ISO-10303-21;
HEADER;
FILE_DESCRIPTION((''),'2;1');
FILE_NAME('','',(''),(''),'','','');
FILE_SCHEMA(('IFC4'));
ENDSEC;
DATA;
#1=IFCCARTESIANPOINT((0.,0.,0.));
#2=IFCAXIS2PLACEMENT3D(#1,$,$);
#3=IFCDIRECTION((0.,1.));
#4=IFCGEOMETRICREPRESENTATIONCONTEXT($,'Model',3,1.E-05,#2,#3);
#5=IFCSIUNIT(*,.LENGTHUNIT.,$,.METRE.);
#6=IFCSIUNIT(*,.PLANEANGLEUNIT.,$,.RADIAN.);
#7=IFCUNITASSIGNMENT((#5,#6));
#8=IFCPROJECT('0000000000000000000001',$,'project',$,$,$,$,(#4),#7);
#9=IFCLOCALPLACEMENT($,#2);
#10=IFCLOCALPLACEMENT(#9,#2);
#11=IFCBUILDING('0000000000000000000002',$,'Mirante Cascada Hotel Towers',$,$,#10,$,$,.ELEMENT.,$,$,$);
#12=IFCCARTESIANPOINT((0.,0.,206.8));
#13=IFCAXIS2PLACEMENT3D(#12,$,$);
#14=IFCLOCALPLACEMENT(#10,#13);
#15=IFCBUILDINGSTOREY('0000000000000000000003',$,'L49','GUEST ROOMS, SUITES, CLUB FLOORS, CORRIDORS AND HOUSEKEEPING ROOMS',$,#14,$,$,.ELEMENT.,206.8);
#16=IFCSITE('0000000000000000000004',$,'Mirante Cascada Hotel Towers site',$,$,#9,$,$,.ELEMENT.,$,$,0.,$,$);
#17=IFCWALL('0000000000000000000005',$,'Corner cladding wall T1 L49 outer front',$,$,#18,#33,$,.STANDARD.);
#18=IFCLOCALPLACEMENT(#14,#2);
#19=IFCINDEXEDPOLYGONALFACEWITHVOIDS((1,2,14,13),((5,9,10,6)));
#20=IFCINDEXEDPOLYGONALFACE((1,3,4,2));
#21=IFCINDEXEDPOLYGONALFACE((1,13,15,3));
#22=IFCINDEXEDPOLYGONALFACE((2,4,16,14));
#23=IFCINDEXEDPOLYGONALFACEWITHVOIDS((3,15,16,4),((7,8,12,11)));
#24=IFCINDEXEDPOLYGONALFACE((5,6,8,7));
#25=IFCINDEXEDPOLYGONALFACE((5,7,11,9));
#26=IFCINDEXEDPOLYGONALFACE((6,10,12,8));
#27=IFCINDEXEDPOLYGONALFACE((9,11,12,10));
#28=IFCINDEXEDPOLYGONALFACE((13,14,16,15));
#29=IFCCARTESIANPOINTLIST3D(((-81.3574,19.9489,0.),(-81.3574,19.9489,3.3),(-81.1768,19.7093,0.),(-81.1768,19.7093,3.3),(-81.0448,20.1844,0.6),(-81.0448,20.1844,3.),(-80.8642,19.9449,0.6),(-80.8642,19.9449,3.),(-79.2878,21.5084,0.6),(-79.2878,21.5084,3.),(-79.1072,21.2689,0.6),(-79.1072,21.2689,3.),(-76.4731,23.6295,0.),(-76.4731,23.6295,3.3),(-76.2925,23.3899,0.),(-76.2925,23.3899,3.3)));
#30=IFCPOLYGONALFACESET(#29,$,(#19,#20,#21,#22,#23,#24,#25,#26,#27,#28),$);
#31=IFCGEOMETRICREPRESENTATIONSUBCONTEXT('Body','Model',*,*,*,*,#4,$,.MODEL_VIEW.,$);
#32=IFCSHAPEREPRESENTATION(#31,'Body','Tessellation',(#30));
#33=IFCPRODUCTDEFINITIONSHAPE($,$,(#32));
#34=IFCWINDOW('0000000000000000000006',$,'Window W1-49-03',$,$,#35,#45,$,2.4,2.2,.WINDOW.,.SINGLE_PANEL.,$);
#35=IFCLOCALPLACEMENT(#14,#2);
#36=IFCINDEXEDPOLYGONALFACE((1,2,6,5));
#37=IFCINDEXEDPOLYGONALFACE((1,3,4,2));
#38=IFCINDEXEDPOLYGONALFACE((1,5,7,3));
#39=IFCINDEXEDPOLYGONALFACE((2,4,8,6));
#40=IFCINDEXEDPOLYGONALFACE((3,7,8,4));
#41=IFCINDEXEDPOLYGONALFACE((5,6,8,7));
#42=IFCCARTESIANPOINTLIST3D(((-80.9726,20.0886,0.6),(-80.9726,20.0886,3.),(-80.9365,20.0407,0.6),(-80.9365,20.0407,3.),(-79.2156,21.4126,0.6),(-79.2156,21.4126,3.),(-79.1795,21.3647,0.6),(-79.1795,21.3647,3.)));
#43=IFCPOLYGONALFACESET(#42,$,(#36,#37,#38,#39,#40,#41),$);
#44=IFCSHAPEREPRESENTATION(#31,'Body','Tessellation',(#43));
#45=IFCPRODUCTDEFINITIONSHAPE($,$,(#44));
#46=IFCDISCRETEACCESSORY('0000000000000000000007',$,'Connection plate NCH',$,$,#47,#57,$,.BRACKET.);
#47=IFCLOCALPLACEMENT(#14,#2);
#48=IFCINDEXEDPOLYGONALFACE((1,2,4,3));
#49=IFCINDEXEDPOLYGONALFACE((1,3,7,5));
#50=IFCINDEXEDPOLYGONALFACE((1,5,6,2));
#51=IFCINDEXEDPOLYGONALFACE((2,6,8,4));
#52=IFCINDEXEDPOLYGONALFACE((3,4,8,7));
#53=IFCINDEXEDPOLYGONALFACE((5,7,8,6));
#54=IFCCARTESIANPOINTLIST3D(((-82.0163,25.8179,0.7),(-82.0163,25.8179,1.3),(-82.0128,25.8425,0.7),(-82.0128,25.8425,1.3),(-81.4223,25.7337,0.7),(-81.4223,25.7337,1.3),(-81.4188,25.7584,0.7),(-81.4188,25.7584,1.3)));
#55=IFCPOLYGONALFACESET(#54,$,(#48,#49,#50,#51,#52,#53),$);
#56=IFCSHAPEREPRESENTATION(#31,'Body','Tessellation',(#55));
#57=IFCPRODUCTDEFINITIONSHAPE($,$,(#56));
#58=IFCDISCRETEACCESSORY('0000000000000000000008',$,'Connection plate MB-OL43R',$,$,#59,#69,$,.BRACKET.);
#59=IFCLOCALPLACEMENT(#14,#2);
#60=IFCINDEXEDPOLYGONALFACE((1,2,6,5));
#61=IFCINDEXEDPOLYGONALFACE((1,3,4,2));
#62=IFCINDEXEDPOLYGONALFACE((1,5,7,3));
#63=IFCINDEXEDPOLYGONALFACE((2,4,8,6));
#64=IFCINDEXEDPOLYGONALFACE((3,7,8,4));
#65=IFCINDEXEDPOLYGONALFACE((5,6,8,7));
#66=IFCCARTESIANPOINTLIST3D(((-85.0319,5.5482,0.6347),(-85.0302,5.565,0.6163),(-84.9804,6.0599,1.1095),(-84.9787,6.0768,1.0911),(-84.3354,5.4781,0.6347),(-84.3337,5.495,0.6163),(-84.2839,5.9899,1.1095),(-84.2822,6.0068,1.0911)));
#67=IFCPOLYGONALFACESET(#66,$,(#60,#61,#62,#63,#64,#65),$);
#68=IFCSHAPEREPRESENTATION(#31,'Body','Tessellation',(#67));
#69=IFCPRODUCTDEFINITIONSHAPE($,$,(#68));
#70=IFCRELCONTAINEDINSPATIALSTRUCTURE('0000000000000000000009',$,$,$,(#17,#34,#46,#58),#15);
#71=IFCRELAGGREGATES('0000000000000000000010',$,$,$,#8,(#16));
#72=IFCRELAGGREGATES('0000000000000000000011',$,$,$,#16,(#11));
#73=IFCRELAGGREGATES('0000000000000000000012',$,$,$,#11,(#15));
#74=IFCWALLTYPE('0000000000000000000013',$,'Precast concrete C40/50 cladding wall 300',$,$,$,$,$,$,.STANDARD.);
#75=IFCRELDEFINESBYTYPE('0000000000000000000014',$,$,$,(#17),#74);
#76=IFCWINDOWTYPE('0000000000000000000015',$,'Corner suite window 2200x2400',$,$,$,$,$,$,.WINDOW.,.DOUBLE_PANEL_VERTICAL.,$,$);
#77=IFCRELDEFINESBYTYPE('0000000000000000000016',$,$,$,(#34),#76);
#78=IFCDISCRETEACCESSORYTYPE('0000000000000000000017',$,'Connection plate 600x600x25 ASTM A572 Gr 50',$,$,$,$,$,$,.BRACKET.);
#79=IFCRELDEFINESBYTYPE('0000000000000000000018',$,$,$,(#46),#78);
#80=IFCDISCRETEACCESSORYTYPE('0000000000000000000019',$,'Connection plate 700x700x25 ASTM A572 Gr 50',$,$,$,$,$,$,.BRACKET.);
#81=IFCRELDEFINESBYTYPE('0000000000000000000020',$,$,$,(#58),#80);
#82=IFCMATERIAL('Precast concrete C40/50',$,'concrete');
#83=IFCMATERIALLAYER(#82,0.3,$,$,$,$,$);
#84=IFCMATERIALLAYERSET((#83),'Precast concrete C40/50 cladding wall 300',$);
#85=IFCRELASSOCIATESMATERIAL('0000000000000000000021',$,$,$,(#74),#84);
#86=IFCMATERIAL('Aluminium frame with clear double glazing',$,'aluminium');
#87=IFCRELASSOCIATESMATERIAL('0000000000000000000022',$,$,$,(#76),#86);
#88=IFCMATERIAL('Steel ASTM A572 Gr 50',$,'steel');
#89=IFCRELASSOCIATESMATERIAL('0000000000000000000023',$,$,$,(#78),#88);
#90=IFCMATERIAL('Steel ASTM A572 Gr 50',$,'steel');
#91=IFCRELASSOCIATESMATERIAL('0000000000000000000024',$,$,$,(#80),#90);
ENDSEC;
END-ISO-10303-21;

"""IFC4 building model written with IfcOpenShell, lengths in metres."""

from ifc_helpers import new_model, si_unit, direction, frame, frame_2d, origin, origin_2d, place, context, subcontext, project, spatial, rectangle, extrude, material, layer, layer_set, material_profile, profile_set, type_object, element, fill, save


model = new_model("IFC4")

# Units and contexts
model_context = context("Model", 3, precision=1e-05, world=origin(), true_north=direction((0.0, 1.0)))
body_context = subcontext(model_context, "Body", "Model", "MODEL_VIEW")
ifc_project = project(units=[si_unit("LENGTHUNIT", "METRE"), si_unit("PLANEANGLEUNIT", "RADIAN")], contexts=[model_context])

# Site, building, storey
site_placement = place(None, origin())
site = spatial("IfcSite", under=ifc_project, at=site_placement, Name="Mirante Cascada Hotel Towers site", CompositionType="ELEMENT", RefElevation=0.0)
building_placement = place(site_placement, origin())
building = spatial("IfcBuilding", under=site, at=building_placement, Name="Mirante Cascada Hotel Towers", CompositionType="ELEMENT")
storey_placement = place(building_placement, frame((0.0, 0.0, 206.8)))
storey = spatial("IfcBuildingStorey", under=building, at=storey_placement, Name="L49", Description="GUEST ROOMS, SUITES, CLUB FLOORS, CORRIDORS AND HOUSEKEEPING ROOMS", CompositionType="ELEMENT", Elevation=206.8)

# Wall, opening, window
ifc_material_1 = material(Name="Precast concrete C40/50", Category="concrete")
ifc_layer_1 = layer(ifc_material_1, 0.3)
ifc_layer_set_1 = layer_set([ifc_layer_1], Name="Precast concrete C40/50 cladding wall 300")
wall_type_1 = type_object("IfcWallType", Name="Precast concrete C40/50 cladding wall 300", PredefinedType="STANDARD", material=ifc_layer_set_1)
wall_1_placement = place(storey_placement, frame((-81.2671, 19.8291, 0.0), z_axis=(0.0, 0.0, 1.0), x_axis=(0.798634, 0.601817, 0.0)))
wall_1 = element("IfcWall", 1, at=wall_1_placement, inside=storey, type_object=wall_type_1, Name="Corner cladding wall T1 L49 outer front", PredefinedType="STANDARD", context=body_context, shape_type="SweptSolid", body=[
    extrude(rectangle(XDim=6.1158, YDim=0.3, at=frame_2d((3.0579, 0.0))), origin(), (0.0, 0.0, 1.0), 3.3),
])
opening_1_placement = place(wall_1_placement, frame((0.3914, 0.0, 0.6)))
opening_1 = element("IfcOpeningElement", 2, at=opening_1_placement, cuts=wall_1, PredefinedType="OPENING", context=body_context, shape_type="SweptSolid", body=[
    extrude(rectangle(XDim=2.2, YDim=2.4, at=frame_2d((1.1, 1.2))), frame((0.0, 0.15, 0.0), z_axis=(0.0, -1.0, 0.0), x_axis=(1.0, 0.0, 0.0)), (0.0, 0.0, 1.0), 0.3),
])
ifc_material_2 = material(Name="Aluminium frame with clear double glazing", Category="aluminium")
window_type = type_object("IfcWindowType", Name="Corner suite window 2200x2400", PartitioningType="DOUBLE_PANEL_VERTICAL", PredefinedType="WINDOW", material=ifc_material_2)
window_placement = place(opening_1_placement, origin())
window = element("IfcWindow", 3, at=window_placement, inside=storey, type_object=window_type, Name="Window W1-49-03", OverallHeight=2.4, OverallWidth=2.2, PartitioningType="SINGLE_PANEL", PredefinedType="WINDOW", context=body_context, shape_type="SweptSolid", body=[
    extrude(rectangle(XDim=2.2, YDim=2.4, at=frame_2d((1.1, 1.2))), frame((0.0, 0.03, 0.0), z_axis=(0.0, -1.0, 0.0), x_axis=(1.0, 0.0, 0.0)), (0.0, 0.0, 1.0), 0.06),
])
fill(opening_1, window)

# Discrete accessories
ifc_material_3 = material(Name="Steel ASTM A572 Gr 50", Category="steel")
ifc_material_profile_1 = material_profile(ifc_material_3, rectangle(XDim=0.6, YDim=0.6, at=origin_2d()), Name="Connection plate 600x600x25 ASTM A572 Gr 50")
ifc_profile_set_1 = profile_set([ifc_material_profile_1], Name="Steel ASTM A572 Gr 50")
discrete_accessory_type_1 = type_object("IfcDiscreteAccessoryType", Name="Connection plate 600x600x25 ASTM A572 Gr 50", PredefinedType="BRACKET", material=ifc_profile_set_1)
discrete_accessory_1_placement = place(storey_placement, frame((-81.7193, 25.7758, 1.0), z_axis=(0.140299, 0.990109, 0.0), x_axis=(-0.990109, 0.140299, 0.0)))
element("IfcDiscreteAccessory", 4, at=discrete_accessory_1_placement, inside=storey, type_object=discrete_accessory_type_1, Name="Connection plate NCH", PredefinedType="BRACKET", context=body_context, shape_type="SweptSolid", body=[
    extrude(rectangle(XDim=0.6, YDim=0.6, at=origin_2d()), origin(), (0.0, 0.0, 1.0), 0.0249),
])
ifc_material_4 = material(Name="Steel ASTM A572 Gr 50", Category="steel")
ifc_material_profile_2 = material_profile(ifc_material_4, rectangle(XDim=0.7, YDim=0.7, at=origin_2d()), Name="Connection plate 700x700x25 ASTM A572 Gr 50")
ifc_profile_set_2 = profile_set([ifc_material_profile_2], Name="Steel ASTM A572 Gr 50")
discrete_accessory_type_2 = type_object("IfcDiscreteAccessoryType", Name="Connection plate 700x700x25 ASTM A572 Gr 50", PredefinedType="BRACKET", material=ifc_profile_set_2)
discrete_accessory_2_placement = place(storey_placement, frame((-84.6562, 5.7859, 0.8537), z_axis=(-0.067888, -0.674889, 0.73479), x_axis=(0.994979, -0.100087, 0.0)))
element("IfcDiscreteAccessory", 5, at=discrete_accessory_2_placement, inside=storey, type_object=discrete_accessory_type_2, Name="Connection plate MB-OL43R", PredefinedType="BRACKET", context=body_context, shape_type="SweptSolid", body=[
    extrude(rectangle(XDim=0.7, YDim=0.7, at=origin_2d()), origin(), (0.0, 0.0, 1.0), 0.025),
])

save(model, "model.ifc")
